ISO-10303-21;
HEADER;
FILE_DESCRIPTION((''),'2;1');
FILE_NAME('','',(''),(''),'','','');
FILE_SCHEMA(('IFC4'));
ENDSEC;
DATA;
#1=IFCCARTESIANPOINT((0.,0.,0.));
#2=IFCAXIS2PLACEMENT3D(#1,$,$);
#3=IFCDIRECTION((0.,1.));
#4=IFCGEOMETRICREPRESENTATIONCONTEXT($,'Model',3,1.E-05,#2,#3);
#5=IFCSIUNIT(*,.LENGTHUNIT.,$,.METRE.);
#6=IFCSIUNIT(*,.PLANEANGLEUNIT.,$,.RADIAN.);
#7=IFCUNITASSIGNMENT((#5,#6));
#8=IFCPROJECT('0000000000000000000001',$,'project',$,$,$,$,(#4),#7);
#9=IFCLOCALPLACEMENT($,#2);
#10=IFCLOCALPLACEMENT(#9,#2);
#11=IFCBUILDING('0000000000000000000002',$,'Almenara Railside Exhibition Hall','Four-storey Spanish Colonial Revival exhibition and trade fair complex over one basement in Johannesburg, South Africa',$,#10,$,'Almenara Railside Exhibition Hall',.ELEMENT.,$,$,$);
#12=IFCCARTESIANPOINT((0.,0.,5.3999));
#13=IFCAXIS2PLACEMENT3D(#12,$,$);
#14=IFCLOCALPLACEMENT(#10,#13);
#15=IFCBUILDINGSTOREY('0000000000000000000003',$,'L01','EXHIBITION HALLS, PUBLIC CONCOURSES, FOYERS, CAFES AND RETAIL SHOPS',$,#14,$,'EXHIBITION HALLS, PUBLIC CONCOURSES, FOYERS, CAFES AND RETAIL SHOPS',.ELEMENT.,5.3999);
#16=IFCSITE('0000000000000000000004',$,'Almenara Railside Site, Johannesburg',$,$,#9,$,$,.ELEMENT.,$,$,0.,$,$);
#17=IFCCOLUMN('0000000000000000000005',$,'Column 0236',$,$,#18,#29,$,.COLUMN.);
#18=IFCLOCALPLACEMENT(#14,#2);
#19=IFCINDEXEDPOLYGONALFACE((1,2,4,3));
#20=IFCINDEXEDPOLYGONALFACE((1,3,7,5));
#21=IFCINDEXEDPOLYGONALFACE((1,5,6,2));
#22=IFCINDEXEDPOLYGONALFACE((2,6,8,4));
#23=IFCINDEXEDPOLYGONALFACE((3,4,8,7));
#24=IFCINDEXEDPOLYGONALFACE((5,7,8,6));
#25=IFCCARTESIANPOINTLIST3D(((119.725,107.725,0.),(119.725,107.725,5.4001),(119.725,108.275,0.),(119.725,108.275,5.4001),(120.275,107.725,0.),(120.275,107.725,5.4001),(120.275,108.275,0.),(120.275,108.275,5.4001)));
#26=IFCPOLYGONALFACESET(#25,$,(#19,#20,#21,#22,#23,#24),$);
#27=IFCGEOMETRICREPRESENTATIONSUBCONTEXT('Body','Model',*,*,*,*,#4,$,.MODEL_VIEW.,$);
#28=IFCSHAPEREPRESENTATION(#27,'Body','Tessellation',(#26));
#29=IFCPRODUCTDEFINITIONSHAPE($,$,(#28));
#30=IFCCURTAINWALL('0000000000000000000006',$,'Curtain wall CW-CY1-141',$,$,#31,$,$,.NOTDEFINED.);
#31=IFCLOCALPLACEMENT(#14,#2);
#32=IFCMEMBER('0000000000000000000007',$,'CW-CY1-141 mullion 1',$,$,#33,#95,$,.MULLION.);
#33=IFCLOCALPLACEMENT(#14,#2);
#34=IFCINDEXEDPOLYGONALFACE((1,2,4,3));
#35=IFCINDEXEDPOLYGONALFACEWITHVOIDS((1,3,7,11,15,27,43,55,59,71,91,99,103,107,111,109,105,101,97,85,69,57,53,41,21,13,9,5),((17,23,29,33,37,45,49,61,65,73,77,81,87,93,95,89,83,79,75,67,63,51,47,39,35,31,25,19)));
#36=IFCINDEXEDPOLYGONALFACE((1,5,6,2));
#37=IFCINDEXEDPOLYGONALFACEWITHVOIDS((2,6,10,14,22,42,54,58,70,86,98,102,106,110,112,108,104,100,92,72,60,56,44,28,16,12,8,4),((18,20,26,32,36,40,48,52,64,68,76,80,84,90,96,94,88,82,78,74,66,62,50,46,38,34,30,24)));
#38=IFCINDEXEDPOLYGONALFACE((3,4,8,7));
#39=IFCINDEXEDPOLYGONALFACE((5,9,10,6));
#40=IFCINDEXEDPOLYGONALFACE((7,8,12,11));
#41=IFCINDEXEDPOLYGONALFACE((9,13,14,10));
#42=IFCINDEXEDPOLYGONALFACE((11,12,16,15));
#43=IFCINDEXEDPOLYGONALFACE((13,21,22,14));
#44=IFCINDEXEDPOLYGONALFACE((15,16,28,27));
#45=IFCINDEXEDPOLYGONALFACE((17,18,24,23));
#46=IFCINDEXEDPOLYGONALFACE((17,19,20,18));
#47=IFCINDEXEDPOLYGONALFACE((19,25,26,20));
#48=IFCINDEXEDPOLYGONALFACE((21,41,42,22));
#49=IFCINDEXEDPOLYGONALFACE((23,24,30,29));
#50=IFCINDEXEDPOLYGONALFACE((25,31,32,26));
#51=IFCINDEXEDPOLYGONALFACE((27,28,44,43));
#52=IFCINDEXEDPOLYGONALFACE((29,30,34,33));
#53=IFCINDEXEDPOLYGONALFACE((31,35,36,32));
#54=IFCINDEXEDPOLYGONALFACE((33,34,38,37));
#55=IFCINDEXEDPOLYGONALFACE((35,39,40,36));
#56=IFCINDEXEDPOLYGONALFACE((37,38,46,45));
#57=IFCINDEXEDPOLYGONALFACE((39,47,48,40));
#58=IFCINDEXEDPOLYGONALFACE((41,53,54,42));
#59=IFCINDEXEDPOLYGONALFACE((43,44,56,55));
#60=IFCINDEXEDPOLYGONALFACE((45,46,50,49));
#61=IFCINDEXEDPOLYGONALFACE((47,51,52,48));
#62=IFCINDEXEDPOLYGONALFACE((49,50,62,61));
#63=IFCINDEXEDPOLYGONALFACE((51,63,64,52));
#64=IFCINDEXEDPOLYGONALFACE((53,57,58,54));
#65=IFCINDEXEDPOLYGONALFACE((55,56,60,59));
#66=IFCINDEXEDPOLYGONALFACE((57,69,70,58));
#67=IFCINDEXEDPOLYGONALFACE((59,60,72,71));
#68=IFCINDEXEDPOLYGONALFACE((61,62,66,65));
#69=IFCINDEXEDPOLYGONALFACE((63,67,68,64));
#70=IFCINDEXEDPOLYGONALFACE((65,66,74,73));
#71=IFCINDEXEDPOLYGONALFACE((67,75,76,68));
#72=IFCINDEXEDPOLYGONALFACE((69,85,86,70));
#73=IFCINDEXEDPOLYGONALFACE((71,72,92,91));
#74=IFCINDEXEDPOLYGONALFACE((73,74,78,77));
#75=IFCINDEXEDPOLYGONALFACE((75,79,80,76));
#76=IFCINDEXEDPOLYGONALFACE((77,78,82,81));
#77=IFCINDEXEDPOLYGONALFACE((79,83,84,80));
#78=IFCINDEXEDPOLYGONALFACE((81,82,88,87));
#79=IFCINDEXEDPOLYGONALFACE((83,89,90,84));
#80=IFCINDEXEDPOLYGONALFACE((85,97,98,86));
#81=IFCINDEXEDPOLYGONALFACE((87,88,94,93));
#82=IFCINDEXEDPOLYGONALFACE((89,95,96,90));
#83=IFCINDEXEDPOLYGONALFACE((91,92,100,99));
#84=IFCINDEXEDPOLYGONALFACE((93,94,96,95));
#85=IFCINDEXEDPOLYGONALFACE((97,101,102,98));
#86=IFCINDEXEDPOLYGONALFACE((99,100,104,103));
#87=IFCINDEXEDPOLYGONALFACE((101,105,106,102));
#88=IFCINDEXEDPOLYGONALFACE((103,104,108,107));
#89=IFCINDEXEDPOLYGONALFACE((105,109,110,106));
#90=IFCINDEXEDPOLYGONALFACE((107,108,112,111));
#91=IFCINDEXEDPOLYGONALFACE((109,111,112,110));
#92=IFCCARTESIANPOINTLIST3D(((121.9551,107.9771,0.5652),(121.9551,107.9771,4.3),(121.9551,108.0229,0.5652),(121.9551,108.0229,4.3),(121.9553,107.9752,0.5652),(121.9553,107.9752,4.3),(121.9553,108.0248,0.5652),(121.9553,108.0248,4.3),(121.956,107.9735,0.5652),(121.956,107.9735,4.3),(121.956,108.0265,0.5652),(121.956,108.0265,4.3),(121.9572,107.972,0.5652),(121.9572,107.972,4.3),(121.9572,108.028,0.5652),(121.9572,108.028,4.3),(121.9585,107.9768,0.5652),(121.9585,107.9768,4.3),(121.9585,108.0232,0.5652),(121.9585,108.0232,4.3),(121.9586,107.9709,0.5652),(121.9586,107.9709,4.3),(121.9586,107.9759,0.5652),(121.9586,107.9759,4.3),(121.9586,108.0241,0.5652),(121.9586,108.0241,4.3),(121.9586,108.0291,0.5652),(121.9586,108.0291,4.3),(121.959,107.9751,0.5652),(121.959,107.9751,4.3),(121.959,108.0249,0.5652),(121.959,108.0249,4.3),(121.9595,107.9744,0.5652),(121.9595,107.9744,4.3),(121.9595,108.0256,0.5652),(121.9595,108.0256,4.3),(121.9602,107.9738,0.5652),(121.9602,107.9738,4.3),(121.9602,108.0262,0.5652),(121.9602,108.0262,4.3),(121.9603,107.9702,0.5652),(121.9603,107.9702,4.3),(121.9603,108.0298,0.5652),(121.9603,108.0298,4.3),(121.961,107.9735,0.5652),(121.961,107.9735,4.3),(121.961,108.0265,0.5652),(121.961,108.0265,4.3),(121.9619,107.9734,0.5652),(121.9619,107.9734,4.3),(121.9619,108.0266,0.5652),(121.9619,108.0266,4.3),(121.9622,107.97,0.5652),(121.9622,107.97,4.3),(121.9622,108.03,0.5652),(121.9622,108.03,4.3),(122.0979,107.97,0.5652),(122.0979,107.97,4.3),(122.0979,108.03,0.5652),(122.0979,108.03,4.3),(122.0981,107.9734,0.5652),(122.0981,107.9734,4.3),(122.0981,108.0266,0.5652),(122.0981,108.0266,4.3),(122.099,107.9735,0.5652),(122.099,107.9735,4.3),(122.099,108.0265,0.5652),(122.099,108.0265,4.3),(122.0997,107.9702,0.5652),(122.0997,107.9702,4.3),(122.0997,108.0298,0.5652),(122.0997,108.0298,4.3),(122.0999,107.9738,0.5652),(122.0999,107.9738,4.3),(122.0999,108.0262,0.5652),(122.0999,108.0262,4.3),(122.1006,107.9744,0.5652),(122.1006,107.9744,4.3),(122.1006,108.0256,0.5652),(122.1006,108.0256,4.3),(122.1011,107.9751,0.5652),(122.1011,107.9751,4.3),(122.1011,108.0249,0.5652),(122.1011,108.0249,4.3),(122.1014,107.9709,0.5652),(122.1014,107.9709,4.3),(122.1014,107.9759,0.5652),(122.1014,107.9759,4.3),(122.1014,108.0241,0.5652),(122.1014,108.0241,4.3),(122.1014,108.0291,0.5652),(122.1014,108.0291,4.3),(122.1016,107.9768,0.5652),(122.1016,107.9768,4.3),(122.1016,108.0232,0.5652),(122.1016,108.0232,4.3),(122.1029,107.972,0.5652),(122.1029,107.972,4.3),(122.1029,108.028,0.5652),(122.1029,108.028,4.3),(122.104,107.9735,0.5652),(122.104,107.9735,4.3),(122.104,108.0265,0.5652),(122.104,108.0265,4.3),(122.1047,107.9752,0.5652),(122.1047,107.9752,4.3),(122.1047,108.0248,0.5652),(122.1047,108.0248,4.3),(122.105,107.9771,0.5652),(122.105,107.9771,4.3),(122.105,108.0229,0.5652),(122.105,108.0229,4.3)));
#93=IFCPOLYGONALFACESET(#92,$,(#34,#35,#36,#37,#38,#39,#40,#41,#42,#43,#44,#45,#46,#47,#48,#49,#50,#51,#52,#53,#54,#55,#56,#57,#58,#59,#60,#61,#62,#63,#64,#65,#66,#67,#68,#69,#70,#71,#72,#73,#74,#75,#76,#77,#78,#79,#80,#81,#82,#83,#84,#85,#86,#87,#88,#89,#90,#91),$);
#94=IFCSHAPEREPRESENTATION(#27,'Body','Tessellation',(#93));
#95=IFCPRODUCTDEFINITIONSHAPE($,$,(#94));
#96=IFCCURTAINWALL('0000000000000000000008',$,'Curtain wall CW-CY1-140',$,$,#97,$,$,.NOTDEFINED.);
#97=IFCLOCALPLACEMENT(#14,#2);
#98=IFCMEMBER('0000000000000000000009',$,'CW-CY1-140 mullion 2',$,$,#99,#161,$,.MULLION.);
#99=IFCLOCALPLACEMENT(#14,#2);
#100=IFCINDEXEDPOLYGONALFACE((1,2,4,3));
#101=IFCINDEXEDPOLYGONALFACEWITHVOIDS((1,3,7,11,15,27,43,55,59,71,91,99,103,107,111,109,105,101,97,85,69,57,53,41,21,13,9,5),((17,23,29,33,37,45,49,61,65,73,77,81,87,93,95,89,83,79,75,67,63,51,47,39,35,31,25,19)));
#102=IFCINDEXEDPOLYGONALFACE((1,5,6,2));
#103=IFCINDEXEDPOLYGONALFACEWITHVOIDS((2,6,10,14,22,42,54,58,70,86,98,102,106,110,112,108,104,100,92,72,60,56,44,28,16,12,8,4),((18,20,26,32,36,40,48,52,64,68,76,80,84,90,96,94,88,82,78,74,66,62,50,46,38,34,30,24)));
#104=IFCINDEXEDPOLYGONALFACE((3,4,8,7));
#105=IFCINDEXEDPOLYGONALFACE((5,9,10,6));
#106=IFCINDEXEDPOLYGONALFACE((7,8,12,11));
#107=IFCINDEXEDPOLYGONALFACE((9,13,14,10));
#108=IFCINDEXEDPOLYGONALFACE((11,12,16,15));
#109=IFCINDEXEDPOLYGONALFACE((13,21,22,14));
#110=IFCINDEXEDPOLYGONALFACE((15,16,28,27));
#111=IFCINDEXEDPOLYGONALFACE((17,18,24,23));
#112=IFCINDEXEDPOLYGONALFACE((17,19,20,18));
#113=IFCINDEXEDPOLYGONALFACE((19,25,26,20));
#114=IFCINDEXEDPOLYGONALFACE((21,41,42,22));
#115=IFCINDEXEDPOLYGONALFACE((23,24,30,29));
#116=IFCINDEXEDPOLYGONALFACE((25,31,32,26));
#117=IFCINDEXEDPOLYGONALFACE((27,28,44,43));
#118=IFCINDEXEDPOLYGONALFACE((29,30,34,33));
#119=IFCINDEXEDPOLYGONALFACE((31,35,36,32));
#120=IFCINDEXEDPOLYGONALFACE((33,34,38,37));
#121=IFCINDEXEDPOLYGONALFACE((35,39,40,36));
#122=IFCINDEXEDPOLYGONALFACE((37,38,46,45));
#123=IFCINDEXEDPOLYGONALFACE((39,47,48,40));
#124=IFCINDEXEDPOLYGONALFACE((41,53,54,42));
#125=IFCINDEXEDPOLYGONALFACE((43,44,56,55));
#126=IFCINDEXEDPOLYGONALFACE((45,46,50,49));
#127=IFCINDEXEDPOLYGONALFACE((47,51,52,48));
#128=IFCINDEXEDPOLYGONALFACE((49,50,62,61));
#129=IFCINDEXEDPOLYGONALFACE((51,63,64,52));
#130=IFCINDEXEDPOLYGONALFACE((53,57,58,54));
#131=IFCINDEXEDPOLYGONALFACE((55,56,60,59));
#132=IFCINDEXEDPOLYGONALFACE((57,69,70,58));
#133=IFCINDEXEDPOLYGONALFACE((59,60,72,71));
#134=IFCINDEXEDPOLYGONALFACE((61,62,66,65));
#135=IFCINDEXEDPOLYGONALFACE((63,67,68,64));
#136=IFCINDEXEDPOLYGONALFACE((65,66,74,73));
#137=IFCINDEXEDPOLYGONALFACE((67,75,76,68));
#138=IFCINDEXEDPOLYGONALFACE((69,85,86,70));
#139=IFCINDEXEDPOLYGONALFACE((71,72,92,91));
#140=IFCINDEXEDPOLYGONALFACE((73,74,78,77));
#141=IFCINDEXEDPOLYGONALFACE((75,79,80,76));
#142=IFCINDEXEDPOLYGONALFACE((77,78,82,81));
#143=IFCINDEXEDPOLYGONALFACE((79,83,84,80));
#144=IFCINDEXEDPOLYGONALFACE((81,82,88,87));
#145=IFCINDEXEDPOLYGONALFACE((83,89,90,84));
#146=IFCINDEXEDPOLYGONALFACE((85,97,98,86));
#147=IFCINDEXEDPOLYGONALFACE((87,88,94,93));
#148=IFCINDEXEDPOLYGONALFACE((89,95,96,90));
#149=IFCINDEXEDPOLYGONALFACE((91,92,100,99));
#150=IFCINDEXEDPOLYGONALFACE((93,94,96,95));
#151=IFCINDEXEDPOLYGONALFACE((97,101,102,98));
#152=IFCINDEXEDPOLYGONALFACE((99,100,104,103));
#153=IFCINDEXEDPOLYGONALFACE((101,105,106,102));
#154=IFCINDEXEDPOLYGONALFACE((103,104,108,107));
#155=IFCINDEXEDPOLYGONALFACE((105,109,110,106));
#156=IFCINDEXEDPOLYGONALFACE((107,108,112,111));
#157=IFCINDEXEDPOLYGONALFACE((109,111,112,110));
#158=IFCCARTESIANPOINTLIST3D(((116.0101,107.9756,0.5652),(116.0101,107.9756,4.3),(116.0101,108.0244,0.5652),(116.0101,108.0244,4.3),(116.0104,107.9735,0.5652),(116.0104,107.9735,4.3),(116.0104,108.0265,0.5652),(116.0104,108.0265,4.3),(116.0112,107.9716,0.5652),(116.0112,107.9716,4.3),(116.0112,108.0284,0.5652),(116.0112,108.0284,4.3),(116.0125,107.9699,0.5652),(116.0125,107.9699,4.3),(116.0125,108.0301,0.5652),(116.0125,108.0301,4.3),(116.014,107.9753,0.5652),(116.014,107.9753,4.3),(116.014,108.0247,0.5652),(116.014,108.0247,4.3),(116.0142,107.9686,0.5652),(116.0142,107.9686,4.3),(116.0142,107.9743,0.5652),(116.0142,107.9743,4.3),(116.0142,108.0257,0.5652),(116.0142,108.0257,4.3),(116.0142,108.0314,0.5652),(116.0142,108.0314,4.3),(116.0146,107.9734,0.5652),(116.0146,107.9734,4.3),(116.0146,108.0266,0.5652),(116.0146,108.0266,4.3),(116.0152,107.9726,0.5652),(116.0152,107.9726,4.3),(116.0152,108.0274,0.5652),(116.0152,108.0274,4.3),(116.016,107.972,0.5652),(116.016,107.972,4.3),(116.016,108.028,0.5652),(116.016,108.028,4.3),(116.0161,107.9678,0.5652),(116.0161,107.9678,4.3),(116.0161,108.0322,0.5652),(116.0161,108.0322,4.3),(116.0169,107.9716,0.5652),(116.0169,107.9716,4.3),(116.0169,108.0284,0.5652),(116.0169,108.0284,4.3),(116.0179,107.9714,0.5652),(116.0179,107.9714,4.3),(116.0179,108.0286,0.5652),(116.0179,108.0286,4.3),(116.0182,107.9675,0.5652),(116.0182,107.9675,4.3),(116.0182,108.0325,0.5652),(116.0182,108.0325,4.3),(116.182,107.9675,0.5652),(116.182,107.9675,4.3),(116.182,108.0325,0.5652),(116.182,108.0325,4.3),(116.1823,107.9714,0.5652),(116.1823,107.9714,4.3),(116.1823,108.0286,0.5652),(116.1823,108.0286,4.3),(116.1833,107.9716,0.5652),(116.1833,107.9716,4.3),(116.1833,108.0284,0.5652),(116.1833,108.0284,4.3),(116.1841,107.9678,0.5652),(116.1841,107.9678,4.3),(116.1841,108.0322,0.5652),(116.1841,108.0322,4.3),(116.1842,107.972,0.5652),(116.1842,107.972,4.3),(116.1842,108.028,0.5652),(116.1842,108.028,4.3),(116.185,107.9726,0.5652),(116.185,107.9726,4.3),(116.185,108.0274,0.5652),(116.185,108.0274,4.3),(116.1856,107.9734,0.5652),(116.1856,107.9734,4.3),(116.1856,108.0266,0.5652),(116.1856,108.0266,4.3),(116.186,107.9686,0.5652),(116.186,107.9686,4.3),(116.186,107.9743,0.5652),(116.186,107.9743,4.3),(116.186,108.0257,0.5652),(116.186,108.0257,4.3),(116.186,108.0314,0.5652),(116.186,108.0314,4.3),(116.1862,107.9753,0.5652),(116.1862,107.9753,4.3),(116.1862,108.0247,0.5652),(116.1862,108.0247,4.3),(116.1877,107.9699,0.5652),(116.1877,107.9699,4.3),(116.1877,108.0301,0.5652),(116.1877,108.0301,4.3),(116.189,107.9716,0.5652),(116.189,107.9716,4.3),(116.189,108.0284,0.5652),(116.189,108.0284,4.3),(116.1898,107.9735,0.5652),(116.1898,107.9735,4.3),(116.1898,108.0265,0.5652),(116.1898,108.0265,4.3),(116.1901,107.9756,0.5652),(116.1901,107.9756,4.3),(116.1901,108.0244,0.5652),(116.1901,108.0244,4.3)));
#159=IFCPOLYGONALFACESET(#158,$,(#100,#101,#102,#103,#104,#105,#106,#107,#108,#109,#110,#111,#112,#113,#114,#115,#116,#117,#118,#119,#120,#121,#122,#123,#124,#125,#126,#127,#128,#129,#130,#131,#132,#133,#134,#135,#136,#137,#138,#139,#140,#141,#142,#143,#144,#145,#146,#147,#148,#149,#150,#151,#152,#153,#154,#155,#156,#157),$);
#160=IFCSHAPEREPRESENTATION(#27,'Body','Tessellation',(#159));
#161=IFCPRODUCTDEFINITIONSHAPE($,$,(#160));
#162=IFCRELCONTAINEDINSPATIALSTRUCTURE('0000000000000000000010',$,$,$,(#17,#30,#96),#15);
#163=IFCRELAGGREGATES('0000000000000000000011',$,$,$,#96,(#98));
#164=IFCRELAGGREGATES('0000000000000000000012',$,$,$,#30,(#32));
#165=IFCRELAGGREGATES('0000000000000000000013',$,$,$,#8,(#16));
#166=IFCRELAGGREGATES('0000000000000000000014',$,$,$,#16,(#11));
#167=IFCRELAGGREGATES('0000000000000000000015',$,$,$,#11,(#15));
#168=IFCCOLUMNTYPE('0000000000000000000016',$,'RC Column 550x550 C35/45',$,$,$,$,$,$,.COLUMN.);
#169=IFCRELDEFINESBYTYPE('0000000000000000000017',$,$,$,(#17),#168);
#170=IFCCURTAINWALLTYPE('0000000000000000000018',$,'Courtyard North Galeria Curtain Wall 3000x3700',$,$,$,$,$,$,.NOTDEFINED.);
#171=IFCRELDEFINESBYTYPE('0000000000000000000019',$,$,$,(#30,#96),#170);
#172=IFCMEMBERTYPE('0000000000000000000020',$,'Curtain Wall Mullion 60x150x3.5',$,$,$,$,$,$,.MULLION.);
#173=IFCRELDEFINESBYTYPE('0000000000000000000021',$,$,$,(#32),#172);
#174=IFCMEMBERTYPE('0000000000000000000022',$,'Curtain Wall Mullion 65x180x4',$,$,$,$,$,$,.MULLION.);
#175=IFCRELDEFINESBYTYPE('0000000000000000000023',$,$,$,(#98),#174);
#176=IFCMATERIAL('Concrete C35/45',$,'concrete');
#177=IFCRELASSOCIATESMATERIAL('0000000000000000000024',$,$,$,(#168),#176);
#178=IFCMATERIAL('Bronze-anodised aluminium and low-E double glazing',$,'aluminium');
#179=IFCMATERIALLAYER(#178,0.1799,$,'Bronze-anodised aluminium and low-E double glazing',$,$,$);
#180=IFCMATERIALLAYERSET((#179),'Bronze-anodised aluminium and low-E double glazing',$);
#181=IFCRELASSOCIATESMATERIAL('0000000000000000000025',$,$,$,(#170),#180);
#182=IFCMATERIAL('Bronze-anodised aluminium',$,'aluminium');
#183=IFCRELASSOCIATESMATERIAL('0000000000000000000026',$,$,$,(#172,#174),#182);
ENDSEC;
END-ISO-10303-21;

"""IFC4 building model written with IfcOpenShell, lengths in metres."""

from ifc_helpers import new_model, si_unit, direction, frame, origin, origin_2d, place, context, subcontext, project, spatial, rectangle, hollow_rectangle, extrude, material, layer, layer_set, material_profile, profile_set, type_object, element, aggregate, save


model = new_model("IFC4")

# Units and contexts
model_context = context("Model", 3, precision=1e-05, world=origin(), true_north=direction((0.0, 1.0)))
body_context = subcontext(model_context, "Body", "Model", "MODEL_VIEW")
ifc_project = project(units=[si_unit("LENGTHUNIT", "METRE"), si_unit("PLANEANGLEUNIT", "RADIAN")], contexts=[model_context])

# Site, building, storey
site_placement = place(None, origin())
site = spatial("IfcSite", under=ifc_project, at=site_placement, Name="Almenara Railside Site, Johannesburg", CompositionType="ELEMENT", RefElevation=0.0)
building_placement = place(site_placement, origin())
building = spatial("IfcBuilding", under=site, at=building_placement, Name="Almenara Railside Exhibition Hall", Description="Four-storey Spanish Colonial Revival exhibition and trade fair complex over one basement in Johannesburg, South Africa", LongName="Almenara Railside Exhibition Hall", CompositionType="ELEMENT")
storey_placement = place(building_placement, frame((0.0, 0.0, 5.3999)))
storey = spatial("IfcBuildingStorey", under=building, at=storey_placement, Name="L01", Description="EXHIBITION HALLS, PUBLIC CONCOURSES, FOYERS, CAFES AND RETAIL SHOPS", LongName="EXHIBITION HALLS, PUBLIC CONCOURSES, FOYERS, CAFES AND RETAIL SHOPS", CompositionType="ELEMENT", Elevation=5.3999)

# Column
ifc_material_1 = material(Name="Concrete C35/45", Category="concrete")
ifc_material_profile_1 = material_profile(ifc_material_1, rectangle(XDim=0.55, YDim=0.55, at=origin_2d()), Name="RC 550x550")
ifc_profile_set_1 = profile_set([ifc_material_profile_1], Name="Concrete C35/45")
column_type = type_object("IfcColumnType", Name="RC Column 550x550 C35/45", PredefinedType="COLUMN", material=ifc_profile_set_1)
column_placement = place(storey_placement, frame((120.0, 108.0, 0.0), z_axis=(0.0, 0.0, 1.0), x_axis=(1.0, 0.0, 0.0)))
element("IfcColumn", 1, at=column_placement, inside=storey, type_object=column_type, Name="Column 0236", PredefinedType="COLUMN", context=body_context, shape_type="SweptSolid", body=[
    extrude(rectangle(XDim=0.55, YDim=0.55, at=origin_2d()), origin(), (0.0, 0.0, 1.0), 5.4001),
])

# Curtain wall, member
ifc_material_2 = material(Name="Bronze-anodised aluminium and low-E double glazing", Category="aluminium")
ifc_layer_1 = layer(ifc_material_2, 0.1799, Name="Bronze-anodised aluminium and low-E double glazing")
ifc_layer_set_1 = layer_set([ifc_layer_1], Name="Bronze-anodised aluminium and low-E double glazing")
curtain_wall_type = type_object("IfcCurtainWallType", Name="Courtyard North Galeria Curtain Wall 3000x3700", PredefinedType="NOTDEFINED", material=ifc_layer_set_1)
curtain_wall_1_placement = place(storey_placement, origin())
curtain_wall_1 = element("IfcCurtainWall", 2, at=curtain_wall_1_placement, inside=storey, type_object=curtain_wall_type, Name="Curtain wall CW-CY1-141", PredefinedType="NOTDEFINED")
ifc_material_3 = material(Name="Bronze-anodised aluminium", Category="aluminium")
ifc_material_profile_2 = material_profile(ifc_material_3, hollow_rectangle(XDim=0.0601, YDim=0.1499, WallThickness=0.0034, InnerFilletRadius=0.0034, OuterFilletRadius=0.0071, at=origin_2d()), Name="ALU-MUL 60x150x3.5")
ifc_profile_set_2 = profile_set([ifc_material_profile_2], Name="Bronze-anodised aluminium")
member_type_1 = type_object("IfcMemberType", Name="Curtain Wall Mullion 60x150x3.5", PredefinedType="MULLION", material=ifc_profile_set_2)
member_1_placement = place(storey_placement, frame((122.03, 108.0, 0.5652), z_axis=(0.0, 0.0, 1.0), x_axis=(0.0, 1.0, 0.0)))
member_1 = element("IfcMember", 3, at=member_1_placement, type_object=member_type_1, Name="CW-CY1-141 mullion 1", PredefinedType="MULLION", context=body_context, shape_type="SweptSolid", body=[
    extrude(hollow_rectangle(XDim=0.0601, YDim=0.1499, WallThickness=0.0034, InnerFilletRadius=0.0034, OuterFilletRadius=0.0071, at=origin_2d()), origin(), (0.0, 0.0, 1.0), 3.7349),
])

# Curtain wall, member
curtain_wall_2_placement = place(storey_placement, origin())
curtain_wall_2 = element("IfcCurtainWall", 4, at=curtain_wall_2_placement, inside=storey, type_object=curtain_wall_type, Name="Curtain wall CW-CY1-140", PredefinedType="NOTDEFINED")
ifc_material_profile_3 = material_profile(ifc_material_3, hollow_rectangle(XDim=0.0649, YDim=0.1799, WallThickness=0.0039, InnerFilletRadius=0.0039, OuterFilletRadius=0.0081, at=origin_2d()), Name="ALU-MUL 65x180x4")
ifc_profile_set_3 = profile_set([ifc_material_profile_3], Name="Bronze-anodised aluminium")
member_type_2 = type_object("IfcMemberType", Name="Curtain Wall Mullion 65x180x4", PredefinedType="MULLION", material=ifc_profile_set_3)
member_2_placement = place(storey_placement, frame((116.1001, 108.0, 0.5652), z_axis=(0.0, 0.0, 1.0), x_axis=(0.0, 1.0, 0.0)))
member_2 = element("IfcMember", 5, at=member_2_placement, type_object=member_type_2, Name="CW-CY1-140 mullion 2", PredefinedType="MULLION", context=body_context, shape_type="SweptSolid", body=[
    extrude(hollow_rectangle(XDim=0.0649, YDim=0.1799, WallThickness=0.0039, InnerFilletRadius=0.0039, OuterFilletRadius=0.0081, at=origin_2d()), origin(), (0.0, 0.0, 1.0), 3.7349),
])

aggregate(curtain_wall_2, [member_2])
aggregate(curtain_wall_1, [member_1])

save(model, "model.ifc")
